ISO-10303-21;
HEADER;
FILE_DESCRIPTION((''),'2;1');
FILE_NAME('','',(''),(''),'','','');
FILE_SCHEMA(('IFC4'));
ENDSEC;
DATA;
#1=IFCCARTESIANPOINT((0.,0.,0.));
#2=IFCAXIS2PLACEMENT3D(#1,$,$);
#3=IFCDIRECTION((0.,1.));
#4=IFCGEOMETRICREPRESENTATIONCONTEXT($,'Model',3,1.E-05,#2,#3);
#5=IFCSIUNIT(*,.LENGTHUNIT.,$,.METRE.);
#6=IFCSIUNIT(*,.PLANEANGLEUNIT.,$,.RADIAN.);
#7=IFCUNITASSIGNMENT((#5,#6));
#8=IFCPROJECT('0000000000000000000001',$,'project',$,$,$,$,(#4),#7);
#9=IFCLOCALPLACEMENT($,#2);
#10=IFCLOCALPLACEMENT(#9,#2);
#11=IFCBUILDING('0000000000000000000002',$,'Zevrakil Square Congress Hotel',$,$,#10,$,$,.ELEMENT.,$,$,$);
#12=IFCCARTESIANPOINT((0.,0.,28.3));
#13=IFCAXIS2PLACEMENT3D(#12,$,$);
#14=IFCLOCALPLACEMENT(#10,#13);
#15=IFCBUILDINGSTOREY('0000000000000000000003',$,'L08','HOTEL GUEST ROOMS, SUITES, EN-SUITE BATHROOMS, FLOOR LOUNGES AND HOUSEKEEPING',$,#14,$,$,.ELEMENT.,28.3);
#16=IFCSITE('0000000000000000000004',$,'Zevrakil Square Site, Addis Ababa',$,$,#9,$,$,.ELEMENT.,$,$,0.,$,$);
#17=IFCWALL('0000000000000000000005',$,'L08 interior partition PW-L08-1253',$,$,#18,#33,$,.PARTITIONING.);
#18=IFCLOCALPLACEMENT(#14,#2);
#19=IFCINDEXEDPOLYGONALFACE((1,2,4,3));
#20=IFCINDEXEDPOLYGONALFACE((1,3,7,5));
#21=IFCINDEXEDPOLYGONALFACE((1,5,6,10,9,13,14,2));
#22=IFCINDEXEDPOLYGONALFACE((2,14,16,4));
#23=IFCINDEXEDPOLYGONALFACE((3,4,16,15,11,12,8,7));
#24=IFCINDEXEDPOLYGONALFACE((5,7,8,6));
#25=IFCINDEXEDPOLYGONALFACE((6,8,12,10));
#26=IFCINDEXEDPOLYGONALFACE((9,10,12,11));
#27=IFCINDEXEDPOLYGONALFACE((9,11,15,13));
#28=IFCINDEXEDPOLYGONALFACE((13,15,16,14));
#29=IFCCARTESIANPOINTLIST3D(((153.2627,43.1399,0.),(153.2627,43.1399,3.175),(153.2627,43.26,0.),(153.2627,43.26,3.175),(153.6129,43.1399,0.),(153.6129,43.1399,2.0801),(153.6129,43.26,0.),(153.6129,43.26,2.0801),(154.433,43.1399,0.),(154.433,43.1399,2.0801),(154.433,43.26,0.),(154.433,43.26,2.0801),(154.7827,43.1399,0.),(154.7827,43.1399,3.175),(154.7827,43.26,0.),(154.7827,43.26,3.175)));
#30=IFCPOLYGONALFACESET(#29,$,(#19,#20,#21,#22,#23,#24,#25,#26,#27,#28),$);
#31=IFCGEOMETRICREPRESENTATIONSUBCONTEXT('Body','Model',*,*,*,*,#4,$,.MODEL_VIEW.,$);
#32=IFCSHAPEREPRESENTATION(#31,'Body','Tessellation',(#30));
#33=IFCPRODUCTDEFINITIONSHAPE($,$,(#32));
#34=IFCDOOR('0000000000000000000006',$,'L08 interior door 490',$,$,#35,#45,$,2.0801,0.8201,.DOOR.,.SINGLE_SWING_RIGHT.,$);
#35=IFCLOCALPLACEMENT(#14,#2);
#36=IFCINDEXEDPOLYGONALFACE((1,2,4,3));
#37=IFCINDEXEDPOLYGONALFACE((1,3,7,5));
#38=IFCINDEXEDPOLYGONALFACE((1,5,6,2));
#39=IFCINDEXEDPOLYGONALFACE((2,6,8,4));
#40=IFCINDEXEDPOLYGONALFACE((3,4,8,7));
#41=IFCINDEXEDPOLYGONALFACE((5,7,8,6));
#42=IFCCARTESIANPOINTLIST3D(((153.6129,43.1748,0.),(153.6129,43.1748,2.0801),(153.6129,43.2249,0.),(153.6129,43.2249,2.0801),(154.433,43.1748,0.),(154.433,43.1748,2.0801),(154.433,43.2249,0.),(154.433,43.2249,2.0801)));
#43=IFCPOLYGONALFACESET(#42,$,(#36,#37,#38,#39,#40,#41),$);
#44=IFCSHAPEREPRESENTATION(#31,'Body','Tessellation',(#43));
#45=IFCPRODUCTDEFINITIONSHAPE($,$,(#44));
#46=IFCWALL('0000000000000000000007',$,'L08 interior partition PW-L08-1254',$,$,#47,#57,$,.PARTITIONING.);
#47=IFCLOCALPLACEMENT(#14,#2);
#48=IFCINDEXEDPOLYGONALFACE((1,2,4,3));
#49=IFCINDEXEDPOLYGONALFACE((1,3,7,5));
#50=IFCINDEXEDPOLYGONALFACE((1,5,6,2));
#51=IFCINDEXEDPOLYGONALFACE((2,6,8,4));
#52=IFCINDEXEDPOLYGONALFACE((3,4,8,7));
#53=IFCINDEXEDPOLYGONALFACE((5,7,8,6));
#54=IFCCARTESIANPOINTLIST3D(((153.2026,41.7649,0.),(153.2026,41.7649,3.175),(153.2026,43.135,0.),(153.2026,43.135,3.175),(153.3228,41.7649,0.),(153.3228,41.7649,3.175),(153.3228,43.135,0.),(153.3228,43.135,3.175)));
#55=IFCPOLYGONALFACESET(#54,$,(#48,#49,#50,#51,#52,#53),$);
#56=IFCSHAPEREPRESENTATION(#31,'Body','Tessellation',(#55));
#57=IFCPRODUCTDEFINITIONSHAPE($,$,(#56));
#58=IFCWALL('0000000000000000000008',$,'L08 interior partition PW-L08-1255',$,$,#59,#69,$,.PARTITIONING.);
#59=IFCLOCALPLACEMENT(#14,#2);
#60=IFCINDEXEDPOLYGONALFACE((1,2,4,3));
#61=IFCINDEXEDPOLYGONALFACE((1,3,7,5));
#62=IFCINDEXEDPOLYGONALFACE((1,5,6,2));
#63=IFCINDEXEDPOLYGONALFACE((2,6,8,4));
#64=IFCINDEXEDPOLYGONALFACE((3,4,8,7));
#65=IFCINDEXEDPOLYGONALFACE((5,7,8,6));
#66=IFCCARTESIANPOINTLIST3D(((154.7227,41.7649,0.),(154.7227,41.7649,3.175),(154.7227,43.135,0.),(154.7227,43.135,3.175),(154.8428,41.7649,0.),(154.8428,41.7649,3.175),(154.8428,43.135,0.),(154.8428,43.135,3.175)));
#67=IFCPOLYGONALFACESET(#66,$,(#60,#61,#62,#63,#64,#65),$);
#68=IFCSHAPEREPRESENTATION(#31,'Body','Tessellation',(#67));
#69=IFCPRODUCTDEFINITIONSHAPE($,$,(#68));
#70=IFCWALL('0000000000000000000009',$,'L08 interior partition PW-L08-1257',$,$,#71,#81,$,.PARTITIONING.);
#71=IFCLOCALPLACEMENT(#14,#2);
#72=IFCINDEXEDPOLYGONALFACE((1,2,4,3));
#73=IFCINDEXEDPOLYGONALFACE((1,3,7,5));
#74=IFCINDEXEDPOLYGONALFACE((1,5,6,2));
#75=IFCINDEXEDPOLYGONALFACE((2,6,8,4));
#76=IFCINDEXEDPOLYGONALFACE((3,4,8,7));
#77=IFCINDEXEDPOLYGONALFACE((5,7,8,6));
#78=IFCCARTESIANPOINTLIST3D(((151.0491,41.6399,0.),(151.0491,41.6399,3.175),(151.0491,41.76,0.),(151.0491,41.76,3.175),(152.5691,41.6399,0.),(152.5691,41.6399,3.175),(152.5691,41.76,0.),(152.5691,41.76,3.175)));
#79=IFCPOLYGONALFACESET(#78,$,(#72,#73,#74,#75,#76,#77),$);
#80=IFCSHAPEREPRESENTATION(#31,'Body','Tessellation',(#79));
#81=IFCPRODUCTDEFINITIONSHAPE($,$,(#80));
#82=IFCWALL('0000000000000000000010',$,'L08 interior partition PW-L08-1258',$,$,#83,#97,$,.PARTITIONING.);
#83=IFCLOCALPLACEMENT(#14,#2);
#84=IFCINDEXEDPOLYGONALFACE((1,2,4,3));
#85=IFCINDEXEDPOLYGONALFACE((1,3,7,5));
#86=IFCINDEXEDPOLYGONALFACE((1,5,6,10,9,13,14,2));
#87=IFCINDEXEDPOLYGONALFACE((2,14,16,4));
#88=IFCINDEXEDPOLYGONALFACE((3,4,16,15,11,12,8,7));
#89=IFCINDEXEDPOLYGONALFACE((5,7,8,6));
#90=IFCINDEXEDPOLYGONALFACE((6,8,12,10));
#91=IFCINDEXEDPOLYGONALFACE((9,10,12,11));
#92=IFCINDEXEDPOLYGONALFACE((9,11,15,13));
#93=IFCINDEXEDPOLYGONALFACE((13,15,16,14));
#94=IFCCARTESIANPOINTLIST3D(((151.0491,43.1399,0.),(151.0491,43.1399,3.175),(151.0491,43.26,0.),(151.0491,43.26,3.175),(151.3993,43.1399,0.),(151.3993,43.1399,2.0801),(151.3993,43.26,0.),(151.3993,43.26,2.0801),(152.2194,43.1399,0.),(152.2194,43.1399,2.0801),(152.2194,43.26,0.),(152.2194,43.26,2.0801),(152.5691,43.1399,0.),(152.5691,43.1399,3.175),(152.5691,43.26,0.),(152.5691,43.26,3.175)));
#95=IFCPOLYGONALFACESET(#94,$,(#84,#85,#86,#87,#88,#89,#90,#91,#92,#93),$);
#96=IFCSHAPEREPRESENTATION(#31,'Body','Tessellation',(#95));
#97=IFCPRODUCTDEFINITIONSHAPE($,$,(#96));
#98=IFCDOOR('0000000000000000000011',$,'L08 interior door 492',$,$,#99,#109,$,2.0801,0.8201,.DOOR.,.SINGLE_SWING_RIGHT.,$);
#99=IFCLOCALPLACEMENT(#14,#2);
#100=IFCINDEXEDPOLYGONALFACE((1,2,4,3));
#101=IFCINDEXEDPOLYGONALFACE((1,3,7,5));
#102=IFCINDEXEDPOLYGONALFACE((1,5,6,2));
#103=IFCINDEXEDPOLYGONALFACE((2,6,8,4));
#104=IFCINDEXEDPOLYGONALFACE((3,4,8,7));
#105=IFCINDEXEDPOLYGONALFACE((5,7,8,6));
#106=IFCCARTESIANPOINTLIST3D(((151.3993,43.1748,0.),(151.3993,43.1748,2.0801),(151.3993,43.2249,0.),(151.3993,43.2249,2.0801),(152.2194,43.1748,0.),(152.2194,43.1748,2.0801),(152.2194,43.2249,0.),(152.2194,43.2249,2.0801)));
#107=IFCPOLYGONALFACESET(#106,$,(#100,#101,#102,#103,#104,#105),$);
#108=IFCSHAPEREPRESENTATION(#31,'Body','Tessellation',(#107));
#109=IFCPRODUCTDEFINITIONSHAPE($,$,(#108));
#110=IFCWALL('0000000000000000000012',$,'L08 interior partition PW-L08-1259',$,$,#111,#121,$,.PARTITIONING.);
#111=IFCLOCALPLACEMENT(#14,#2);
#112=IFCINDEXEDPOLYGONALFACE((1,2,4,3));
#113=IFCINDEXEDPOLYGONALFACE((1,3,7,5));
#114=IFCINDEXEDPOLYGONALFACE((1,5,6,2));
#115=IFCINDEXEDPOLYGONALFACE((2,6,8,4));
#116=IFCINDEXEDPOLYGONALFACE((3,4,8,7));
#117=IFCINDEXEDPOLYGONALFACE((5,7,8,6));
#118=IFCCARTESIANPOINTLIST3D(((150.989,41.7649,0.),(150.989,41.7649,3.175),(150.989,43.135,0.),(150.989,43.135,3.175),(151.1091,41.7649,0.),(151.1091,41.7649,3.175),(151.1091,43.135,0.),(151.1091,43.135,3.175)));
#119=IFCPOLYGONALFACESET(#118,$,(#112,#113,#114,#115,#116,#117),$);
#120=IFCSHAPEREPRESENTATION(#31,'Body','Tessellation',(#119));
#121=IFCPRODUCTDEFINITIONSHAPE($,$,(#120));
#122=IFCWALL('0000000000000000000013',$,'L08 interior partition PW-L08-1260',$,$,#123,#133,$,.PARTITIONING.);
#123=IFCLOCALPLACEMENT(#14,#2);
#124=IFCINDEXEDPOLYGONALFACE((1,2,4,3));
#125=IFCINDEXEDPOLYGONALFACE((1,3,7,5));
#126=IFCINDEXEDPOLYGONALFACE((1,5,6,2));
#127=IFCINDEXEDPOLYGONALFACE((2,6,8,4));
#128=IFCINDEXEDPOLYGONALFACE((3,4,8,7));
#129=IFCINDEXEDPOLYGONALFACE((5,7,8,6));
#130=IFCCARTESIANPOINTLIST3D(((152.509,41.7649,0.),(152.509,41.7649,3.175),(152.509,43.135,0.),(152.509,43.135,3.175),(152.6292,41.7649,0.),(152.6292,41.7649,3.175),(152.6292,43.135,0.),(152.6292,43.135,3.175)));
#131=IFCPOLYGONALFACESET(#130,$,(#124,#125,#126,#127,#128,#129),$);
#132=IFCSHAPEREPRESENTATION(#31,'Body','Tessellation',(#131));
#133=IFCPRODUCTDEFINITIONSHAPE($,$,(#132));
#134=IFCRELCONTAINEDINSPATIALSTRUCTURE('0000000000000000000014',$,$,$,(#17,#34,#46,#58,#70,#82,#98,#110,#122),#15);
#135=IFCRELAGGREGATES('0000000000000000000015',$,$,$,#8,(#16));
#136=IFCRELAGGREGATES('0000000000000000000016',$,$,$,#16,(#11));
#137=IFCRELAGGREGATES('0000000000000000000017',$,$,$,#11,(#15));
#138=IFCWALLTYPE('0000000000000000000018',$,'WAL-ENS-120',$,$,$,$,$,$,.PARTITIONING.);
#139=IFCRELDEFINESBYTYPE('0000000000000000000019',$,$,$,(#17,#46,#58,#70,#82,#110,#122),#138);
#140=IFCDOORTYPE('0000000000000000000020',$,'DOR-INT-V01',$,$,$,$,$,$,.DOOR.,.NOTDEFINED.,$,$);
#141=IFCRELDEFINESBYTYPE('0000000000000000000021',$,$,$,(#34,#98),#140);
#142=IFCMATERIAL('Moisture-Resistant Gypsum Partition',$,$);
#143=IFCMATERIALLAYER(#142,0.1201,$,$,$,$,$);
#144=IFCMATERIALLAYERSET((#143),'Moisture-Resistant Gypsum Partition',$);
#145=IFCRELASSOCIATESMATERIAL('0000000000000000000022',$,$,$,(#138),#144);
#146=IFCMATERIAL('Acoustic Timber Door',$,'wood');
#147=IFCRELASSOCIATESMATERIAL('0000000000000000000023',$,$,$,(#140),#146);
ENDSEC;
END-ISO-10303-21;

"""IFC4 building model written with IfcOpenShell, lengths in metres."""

from ifc_helpers import new_model, si_unit, direction, frame, frame_2d, origin, place, context, subcontext, project, spatial, rectangle, extrude, material, layer, layer_set, type_object, element, fill, save


model = new_model("IFC4")

# Units and contexts
model_context = context("Model", 3, precision=1e-05, world=origin(), true_north=direction((0.0, 1.0)))
body_context = subcontext(model_context, "Body", "Model", "MODEL_VIEW")
ifc_project = project(units=[si_unit("LENGTHUNIT", "METRE"), si_unit("PLANEANGLEUNIT", "RADIAN")], contexts=[model_context])

# Site, building, storey
site_placement = place(None, origin())
site = spatial("IfcSite", under=ifc_project, at=site_placement, Name="Zevrakil Square Site, Addis Ababa", CompositionType="ELEMENT", RefElevation=0.0)
building_placement = place(site_placement, origin())
building = spatial("IfcBuilding", under=site, at=building_placement, Name="Zevrakil Square Congress Hotel", CompositionType="ELEMENT")
storey_placement = place(building_placement, frame((0.0, 0.0, 28.3)))
storey = spatial("IfcBuildingStorey", under=building, at=storey_placement, Name="L08", Description="HOTEL GUEST ROOMS, SUITES, EN-SUITE BATHROOMS, FLOOR LOUNGES AND HOUSEKEEPING", CompositionType="ELEMENT", Elevation=28.3)

# Shared definitions
ifc_material_1 = material(Name="Moisture-Resistant Gypsum Partition")
ifc_layer_1 = layer(ifc_material_1, 0.1201)
ifc_layer_set_1 = layer_set([ifc_layer_1], Name="Moisture-Resistant Gypsum Partition")
wall_type_1 = type_object("IfcWallType", Name="WAL-ENS-120", PredefinedType="PARTITIONING", material=ifc_layer_set_1)

# Shared definitions
ifc_material_2 = material(Name="Acoustic Timber Door", Category="wood")
door_type_1 = type_object("IfcDoorType", Name="DOR-INT-V01", OperationType="NOTDEFINED", PredefinedType="DOOR", material=ifc_material_2)

# Wall, opening, door
wall_1_placement = place(storey_placement, frame((153.2627, 43.2, 0.0), z_axis=(0.0, 0.0, 1.0), x_axis=(1.0, 0.0, 0.0)))
wall_1 = element("IfcWall", 1, at=wall_1_placement, inside=storey, type_object=wall_type_1, Name="L08 interior partition PW-L08-1253", PredefinedType="PARTITIONING", context=body_context, shape_type="SweptSolid", body=[
    extrude(rectangle(XDim=1.52, YDim=0.1201, at=frame_2d((0.76, 0.0))), origin(), (0.0, 0.0, 1.0), 3.175),
])
opening_1_placement = place(wall_1_placement, frame((0.3501, 0.0, 0.0)))
opening_1 = element("IfcOpeningElement", 2, at=opening_1_placement, cuts=wall_1, PredefinedType="OPENING", context=body_context, shape_type="SweptSolid", body=[
    extrude(rectangle(XDim=0.8201, YDim=2.0801, at=frame_2d((0.4102, 1.04))), frame((0.0, 0.0701, 0.0), z_axis=(0.0, -1.0, 0.0), x_axis=(1.0, 0.0, 0.0)), (0.0, 0.0, 1.0), 0.1401),
])
door_1_placement = place(opening_1_placement, origin())
door_1 = element("IfcDoor", 3, at=door_1_placement, inside=storey, type_object=door_type_1, Name="L08 interior door 490", OperationType="SINGLE_SWING_RIGHT", OverallHeight=2.0801, OverallWidth=0.8201, PredefinedType="DOOR", context=body_context, shape_type="SweptSolid", body=[
    extrude(rectangle(XDim=0.8201, YDim=2.0801, at=frame_2d((0.4102, 1.04))), frame((0.0, 0.0249, 0.0), z_axis=(0.0, -1.0, 0.0), x_axis=(1.0, 0.0, 0.0)), (0.0, 0.0, 1.0), 0.05),
])
fill(opening_1, door_1)

# Walls
for number, where, z_axis, x_axis, name in (
    (4, (153.2627, 41.7649, 0.0), (0.0, 0.0, 1.0), (0.0, 1.0, 0.0), "L08 interior partition PW-L08-1254"),
    (5, (154.7827, 41.7649, 0.0), (0.0, 0.0, 1.0), (0.0, 1.0, 0.0), "L08 interior partition PW-L08-1255"),
):
    element("IfcWall", number, at=place(storey_placement, frame(where, z_axis=z_axis, x_axis=x_axis)), inside=storey, type_object=wall_type_1, Name=name, PredefinedType="PARTITIONING", context=body_context, shape_type="SweptSolid", body=[
        extrude(rectangle(XDim=1.3701, YDim=0.1201, at=frame_2d((0.6851, 0.0))), origin(), (0.0, 0.0, 1.0), 3.175),
    ])
wall_2_placement = place(storey_placement, frame((151.0491, 41.7, 0.0), z_axis=(0.0, 0.0, 1.0), x_axis=(1.0, 0.0, 0.0)))
element("IfcWall", 6, at=wall_2_placement, inside=storey, type_object=wall_type_1, Name="L08 interior partition PW-L08-1257", PredefinedType="PARTITIONING", context=body_context, shape_type="SweptSolid", body=[
    extrude(rectangle(XDim=1.52, YDim=0.1201, at=frame_2d((0.76, 0.0))), origin(), (0.0, 0.0, 1.0), 3.175),
])

# Wall, opening, door
wall_3_placement = place(storey_placement, frame((151.0491, 43.2, 0.0), z_axis=(0.0, 0.0, 1.0), x_axis=(1.0, 0.0, 0.0)))
wall_3 = element("IfcWall", 7, at=wall_3_placement, inside=storey, type_object=wall_type_1, Name="L08 interior partition PW-L08-1258", PredefinedType="PARTITIONING", context=body_context, shape_type="SweptSolid", body=[
    extrude(rectangle(XDim=1.52, YDim=0.1201, at=frame_2d((0.76, 0.0))), origin(), (0.0, 0.0, 1.0), 3.175),
])
opening_2_placement = place(wall_3_placement, frame((0.3501, 0.0, 0.0)))
opening_2 = element("IfcOpeningElement", 8, at=opening_2_placement, cuts=wall_3, PredefinedType="OPENING", context=body_context, shape_type="SweptSolid", body=[
    extrude(rectangle(XDim=0.8201, YDim=2.0801, at=frame_2d((0.4102, 1.04))), frame((0.0, 0.0701, 0.0), z_axis=(0.0, -1.0, 0.0), x_axis=(1.0, 0.0, 0.0)), (0.0, 0.0, 1.0), 0.1401),
])
door_2_placement = place(opening_2_placement, origin())
door_2 = element("IfcDoor", 9, at=door_2_placement, inside=storey, type_object=door_type_1, Name="L08 interior door 492", OperationType="SINGLE_SWING_RIGHT", OverallHeight=2.0801, OverallWidth=0.8201, PredefinedType="DOOR", context=body_context, shape_type="SweptSolid", body=[
    extrude(rectangle(XDim=0.8201, YDim=2.0801, at=frame_2d((0.4102, 1.04))), frame((0.0, 0.0249, 0.0), z_axis=(0.0, -1.0, 0.0), x_axis=(1.0, 0.0, 0.0)), (0.0, 0.0, 1.0), 0.05),
])
fill(opening_2, door_2)

# Walls
for number, where, z_axis, x_axis, name in (
    (10, (151.0491, 41.7649, 0.0), (0.0, 0.0, 1.0), (0.0, 1.0, 0.0), "L08 interior partition PW-L08-1259"),
    (11, (152.5691, 41.7649, 0.0), (0.0, 0.0, 1.0), (0.0, 1.0, 0.0), "L08 interior partition PW-L08-1260"),
):
    element("IfcWall", number, at=place(storey_placement, frame(where, z_axis=z_axis, x_axis=x_axis)), inside=storey, type_object=wall_type_1, Name=name, PredefinedType="PARTITIONING", context=body_context, shape_type="SweptSolid", body=[
        extrude(rectangle(XDim=1.3701, YDim=0.1201, at=frame_2d((0.6851, 0.0))), origin(), (0.0, 0.0, 1.0), 3.175),
    ])

save(model, "model.ifc")
